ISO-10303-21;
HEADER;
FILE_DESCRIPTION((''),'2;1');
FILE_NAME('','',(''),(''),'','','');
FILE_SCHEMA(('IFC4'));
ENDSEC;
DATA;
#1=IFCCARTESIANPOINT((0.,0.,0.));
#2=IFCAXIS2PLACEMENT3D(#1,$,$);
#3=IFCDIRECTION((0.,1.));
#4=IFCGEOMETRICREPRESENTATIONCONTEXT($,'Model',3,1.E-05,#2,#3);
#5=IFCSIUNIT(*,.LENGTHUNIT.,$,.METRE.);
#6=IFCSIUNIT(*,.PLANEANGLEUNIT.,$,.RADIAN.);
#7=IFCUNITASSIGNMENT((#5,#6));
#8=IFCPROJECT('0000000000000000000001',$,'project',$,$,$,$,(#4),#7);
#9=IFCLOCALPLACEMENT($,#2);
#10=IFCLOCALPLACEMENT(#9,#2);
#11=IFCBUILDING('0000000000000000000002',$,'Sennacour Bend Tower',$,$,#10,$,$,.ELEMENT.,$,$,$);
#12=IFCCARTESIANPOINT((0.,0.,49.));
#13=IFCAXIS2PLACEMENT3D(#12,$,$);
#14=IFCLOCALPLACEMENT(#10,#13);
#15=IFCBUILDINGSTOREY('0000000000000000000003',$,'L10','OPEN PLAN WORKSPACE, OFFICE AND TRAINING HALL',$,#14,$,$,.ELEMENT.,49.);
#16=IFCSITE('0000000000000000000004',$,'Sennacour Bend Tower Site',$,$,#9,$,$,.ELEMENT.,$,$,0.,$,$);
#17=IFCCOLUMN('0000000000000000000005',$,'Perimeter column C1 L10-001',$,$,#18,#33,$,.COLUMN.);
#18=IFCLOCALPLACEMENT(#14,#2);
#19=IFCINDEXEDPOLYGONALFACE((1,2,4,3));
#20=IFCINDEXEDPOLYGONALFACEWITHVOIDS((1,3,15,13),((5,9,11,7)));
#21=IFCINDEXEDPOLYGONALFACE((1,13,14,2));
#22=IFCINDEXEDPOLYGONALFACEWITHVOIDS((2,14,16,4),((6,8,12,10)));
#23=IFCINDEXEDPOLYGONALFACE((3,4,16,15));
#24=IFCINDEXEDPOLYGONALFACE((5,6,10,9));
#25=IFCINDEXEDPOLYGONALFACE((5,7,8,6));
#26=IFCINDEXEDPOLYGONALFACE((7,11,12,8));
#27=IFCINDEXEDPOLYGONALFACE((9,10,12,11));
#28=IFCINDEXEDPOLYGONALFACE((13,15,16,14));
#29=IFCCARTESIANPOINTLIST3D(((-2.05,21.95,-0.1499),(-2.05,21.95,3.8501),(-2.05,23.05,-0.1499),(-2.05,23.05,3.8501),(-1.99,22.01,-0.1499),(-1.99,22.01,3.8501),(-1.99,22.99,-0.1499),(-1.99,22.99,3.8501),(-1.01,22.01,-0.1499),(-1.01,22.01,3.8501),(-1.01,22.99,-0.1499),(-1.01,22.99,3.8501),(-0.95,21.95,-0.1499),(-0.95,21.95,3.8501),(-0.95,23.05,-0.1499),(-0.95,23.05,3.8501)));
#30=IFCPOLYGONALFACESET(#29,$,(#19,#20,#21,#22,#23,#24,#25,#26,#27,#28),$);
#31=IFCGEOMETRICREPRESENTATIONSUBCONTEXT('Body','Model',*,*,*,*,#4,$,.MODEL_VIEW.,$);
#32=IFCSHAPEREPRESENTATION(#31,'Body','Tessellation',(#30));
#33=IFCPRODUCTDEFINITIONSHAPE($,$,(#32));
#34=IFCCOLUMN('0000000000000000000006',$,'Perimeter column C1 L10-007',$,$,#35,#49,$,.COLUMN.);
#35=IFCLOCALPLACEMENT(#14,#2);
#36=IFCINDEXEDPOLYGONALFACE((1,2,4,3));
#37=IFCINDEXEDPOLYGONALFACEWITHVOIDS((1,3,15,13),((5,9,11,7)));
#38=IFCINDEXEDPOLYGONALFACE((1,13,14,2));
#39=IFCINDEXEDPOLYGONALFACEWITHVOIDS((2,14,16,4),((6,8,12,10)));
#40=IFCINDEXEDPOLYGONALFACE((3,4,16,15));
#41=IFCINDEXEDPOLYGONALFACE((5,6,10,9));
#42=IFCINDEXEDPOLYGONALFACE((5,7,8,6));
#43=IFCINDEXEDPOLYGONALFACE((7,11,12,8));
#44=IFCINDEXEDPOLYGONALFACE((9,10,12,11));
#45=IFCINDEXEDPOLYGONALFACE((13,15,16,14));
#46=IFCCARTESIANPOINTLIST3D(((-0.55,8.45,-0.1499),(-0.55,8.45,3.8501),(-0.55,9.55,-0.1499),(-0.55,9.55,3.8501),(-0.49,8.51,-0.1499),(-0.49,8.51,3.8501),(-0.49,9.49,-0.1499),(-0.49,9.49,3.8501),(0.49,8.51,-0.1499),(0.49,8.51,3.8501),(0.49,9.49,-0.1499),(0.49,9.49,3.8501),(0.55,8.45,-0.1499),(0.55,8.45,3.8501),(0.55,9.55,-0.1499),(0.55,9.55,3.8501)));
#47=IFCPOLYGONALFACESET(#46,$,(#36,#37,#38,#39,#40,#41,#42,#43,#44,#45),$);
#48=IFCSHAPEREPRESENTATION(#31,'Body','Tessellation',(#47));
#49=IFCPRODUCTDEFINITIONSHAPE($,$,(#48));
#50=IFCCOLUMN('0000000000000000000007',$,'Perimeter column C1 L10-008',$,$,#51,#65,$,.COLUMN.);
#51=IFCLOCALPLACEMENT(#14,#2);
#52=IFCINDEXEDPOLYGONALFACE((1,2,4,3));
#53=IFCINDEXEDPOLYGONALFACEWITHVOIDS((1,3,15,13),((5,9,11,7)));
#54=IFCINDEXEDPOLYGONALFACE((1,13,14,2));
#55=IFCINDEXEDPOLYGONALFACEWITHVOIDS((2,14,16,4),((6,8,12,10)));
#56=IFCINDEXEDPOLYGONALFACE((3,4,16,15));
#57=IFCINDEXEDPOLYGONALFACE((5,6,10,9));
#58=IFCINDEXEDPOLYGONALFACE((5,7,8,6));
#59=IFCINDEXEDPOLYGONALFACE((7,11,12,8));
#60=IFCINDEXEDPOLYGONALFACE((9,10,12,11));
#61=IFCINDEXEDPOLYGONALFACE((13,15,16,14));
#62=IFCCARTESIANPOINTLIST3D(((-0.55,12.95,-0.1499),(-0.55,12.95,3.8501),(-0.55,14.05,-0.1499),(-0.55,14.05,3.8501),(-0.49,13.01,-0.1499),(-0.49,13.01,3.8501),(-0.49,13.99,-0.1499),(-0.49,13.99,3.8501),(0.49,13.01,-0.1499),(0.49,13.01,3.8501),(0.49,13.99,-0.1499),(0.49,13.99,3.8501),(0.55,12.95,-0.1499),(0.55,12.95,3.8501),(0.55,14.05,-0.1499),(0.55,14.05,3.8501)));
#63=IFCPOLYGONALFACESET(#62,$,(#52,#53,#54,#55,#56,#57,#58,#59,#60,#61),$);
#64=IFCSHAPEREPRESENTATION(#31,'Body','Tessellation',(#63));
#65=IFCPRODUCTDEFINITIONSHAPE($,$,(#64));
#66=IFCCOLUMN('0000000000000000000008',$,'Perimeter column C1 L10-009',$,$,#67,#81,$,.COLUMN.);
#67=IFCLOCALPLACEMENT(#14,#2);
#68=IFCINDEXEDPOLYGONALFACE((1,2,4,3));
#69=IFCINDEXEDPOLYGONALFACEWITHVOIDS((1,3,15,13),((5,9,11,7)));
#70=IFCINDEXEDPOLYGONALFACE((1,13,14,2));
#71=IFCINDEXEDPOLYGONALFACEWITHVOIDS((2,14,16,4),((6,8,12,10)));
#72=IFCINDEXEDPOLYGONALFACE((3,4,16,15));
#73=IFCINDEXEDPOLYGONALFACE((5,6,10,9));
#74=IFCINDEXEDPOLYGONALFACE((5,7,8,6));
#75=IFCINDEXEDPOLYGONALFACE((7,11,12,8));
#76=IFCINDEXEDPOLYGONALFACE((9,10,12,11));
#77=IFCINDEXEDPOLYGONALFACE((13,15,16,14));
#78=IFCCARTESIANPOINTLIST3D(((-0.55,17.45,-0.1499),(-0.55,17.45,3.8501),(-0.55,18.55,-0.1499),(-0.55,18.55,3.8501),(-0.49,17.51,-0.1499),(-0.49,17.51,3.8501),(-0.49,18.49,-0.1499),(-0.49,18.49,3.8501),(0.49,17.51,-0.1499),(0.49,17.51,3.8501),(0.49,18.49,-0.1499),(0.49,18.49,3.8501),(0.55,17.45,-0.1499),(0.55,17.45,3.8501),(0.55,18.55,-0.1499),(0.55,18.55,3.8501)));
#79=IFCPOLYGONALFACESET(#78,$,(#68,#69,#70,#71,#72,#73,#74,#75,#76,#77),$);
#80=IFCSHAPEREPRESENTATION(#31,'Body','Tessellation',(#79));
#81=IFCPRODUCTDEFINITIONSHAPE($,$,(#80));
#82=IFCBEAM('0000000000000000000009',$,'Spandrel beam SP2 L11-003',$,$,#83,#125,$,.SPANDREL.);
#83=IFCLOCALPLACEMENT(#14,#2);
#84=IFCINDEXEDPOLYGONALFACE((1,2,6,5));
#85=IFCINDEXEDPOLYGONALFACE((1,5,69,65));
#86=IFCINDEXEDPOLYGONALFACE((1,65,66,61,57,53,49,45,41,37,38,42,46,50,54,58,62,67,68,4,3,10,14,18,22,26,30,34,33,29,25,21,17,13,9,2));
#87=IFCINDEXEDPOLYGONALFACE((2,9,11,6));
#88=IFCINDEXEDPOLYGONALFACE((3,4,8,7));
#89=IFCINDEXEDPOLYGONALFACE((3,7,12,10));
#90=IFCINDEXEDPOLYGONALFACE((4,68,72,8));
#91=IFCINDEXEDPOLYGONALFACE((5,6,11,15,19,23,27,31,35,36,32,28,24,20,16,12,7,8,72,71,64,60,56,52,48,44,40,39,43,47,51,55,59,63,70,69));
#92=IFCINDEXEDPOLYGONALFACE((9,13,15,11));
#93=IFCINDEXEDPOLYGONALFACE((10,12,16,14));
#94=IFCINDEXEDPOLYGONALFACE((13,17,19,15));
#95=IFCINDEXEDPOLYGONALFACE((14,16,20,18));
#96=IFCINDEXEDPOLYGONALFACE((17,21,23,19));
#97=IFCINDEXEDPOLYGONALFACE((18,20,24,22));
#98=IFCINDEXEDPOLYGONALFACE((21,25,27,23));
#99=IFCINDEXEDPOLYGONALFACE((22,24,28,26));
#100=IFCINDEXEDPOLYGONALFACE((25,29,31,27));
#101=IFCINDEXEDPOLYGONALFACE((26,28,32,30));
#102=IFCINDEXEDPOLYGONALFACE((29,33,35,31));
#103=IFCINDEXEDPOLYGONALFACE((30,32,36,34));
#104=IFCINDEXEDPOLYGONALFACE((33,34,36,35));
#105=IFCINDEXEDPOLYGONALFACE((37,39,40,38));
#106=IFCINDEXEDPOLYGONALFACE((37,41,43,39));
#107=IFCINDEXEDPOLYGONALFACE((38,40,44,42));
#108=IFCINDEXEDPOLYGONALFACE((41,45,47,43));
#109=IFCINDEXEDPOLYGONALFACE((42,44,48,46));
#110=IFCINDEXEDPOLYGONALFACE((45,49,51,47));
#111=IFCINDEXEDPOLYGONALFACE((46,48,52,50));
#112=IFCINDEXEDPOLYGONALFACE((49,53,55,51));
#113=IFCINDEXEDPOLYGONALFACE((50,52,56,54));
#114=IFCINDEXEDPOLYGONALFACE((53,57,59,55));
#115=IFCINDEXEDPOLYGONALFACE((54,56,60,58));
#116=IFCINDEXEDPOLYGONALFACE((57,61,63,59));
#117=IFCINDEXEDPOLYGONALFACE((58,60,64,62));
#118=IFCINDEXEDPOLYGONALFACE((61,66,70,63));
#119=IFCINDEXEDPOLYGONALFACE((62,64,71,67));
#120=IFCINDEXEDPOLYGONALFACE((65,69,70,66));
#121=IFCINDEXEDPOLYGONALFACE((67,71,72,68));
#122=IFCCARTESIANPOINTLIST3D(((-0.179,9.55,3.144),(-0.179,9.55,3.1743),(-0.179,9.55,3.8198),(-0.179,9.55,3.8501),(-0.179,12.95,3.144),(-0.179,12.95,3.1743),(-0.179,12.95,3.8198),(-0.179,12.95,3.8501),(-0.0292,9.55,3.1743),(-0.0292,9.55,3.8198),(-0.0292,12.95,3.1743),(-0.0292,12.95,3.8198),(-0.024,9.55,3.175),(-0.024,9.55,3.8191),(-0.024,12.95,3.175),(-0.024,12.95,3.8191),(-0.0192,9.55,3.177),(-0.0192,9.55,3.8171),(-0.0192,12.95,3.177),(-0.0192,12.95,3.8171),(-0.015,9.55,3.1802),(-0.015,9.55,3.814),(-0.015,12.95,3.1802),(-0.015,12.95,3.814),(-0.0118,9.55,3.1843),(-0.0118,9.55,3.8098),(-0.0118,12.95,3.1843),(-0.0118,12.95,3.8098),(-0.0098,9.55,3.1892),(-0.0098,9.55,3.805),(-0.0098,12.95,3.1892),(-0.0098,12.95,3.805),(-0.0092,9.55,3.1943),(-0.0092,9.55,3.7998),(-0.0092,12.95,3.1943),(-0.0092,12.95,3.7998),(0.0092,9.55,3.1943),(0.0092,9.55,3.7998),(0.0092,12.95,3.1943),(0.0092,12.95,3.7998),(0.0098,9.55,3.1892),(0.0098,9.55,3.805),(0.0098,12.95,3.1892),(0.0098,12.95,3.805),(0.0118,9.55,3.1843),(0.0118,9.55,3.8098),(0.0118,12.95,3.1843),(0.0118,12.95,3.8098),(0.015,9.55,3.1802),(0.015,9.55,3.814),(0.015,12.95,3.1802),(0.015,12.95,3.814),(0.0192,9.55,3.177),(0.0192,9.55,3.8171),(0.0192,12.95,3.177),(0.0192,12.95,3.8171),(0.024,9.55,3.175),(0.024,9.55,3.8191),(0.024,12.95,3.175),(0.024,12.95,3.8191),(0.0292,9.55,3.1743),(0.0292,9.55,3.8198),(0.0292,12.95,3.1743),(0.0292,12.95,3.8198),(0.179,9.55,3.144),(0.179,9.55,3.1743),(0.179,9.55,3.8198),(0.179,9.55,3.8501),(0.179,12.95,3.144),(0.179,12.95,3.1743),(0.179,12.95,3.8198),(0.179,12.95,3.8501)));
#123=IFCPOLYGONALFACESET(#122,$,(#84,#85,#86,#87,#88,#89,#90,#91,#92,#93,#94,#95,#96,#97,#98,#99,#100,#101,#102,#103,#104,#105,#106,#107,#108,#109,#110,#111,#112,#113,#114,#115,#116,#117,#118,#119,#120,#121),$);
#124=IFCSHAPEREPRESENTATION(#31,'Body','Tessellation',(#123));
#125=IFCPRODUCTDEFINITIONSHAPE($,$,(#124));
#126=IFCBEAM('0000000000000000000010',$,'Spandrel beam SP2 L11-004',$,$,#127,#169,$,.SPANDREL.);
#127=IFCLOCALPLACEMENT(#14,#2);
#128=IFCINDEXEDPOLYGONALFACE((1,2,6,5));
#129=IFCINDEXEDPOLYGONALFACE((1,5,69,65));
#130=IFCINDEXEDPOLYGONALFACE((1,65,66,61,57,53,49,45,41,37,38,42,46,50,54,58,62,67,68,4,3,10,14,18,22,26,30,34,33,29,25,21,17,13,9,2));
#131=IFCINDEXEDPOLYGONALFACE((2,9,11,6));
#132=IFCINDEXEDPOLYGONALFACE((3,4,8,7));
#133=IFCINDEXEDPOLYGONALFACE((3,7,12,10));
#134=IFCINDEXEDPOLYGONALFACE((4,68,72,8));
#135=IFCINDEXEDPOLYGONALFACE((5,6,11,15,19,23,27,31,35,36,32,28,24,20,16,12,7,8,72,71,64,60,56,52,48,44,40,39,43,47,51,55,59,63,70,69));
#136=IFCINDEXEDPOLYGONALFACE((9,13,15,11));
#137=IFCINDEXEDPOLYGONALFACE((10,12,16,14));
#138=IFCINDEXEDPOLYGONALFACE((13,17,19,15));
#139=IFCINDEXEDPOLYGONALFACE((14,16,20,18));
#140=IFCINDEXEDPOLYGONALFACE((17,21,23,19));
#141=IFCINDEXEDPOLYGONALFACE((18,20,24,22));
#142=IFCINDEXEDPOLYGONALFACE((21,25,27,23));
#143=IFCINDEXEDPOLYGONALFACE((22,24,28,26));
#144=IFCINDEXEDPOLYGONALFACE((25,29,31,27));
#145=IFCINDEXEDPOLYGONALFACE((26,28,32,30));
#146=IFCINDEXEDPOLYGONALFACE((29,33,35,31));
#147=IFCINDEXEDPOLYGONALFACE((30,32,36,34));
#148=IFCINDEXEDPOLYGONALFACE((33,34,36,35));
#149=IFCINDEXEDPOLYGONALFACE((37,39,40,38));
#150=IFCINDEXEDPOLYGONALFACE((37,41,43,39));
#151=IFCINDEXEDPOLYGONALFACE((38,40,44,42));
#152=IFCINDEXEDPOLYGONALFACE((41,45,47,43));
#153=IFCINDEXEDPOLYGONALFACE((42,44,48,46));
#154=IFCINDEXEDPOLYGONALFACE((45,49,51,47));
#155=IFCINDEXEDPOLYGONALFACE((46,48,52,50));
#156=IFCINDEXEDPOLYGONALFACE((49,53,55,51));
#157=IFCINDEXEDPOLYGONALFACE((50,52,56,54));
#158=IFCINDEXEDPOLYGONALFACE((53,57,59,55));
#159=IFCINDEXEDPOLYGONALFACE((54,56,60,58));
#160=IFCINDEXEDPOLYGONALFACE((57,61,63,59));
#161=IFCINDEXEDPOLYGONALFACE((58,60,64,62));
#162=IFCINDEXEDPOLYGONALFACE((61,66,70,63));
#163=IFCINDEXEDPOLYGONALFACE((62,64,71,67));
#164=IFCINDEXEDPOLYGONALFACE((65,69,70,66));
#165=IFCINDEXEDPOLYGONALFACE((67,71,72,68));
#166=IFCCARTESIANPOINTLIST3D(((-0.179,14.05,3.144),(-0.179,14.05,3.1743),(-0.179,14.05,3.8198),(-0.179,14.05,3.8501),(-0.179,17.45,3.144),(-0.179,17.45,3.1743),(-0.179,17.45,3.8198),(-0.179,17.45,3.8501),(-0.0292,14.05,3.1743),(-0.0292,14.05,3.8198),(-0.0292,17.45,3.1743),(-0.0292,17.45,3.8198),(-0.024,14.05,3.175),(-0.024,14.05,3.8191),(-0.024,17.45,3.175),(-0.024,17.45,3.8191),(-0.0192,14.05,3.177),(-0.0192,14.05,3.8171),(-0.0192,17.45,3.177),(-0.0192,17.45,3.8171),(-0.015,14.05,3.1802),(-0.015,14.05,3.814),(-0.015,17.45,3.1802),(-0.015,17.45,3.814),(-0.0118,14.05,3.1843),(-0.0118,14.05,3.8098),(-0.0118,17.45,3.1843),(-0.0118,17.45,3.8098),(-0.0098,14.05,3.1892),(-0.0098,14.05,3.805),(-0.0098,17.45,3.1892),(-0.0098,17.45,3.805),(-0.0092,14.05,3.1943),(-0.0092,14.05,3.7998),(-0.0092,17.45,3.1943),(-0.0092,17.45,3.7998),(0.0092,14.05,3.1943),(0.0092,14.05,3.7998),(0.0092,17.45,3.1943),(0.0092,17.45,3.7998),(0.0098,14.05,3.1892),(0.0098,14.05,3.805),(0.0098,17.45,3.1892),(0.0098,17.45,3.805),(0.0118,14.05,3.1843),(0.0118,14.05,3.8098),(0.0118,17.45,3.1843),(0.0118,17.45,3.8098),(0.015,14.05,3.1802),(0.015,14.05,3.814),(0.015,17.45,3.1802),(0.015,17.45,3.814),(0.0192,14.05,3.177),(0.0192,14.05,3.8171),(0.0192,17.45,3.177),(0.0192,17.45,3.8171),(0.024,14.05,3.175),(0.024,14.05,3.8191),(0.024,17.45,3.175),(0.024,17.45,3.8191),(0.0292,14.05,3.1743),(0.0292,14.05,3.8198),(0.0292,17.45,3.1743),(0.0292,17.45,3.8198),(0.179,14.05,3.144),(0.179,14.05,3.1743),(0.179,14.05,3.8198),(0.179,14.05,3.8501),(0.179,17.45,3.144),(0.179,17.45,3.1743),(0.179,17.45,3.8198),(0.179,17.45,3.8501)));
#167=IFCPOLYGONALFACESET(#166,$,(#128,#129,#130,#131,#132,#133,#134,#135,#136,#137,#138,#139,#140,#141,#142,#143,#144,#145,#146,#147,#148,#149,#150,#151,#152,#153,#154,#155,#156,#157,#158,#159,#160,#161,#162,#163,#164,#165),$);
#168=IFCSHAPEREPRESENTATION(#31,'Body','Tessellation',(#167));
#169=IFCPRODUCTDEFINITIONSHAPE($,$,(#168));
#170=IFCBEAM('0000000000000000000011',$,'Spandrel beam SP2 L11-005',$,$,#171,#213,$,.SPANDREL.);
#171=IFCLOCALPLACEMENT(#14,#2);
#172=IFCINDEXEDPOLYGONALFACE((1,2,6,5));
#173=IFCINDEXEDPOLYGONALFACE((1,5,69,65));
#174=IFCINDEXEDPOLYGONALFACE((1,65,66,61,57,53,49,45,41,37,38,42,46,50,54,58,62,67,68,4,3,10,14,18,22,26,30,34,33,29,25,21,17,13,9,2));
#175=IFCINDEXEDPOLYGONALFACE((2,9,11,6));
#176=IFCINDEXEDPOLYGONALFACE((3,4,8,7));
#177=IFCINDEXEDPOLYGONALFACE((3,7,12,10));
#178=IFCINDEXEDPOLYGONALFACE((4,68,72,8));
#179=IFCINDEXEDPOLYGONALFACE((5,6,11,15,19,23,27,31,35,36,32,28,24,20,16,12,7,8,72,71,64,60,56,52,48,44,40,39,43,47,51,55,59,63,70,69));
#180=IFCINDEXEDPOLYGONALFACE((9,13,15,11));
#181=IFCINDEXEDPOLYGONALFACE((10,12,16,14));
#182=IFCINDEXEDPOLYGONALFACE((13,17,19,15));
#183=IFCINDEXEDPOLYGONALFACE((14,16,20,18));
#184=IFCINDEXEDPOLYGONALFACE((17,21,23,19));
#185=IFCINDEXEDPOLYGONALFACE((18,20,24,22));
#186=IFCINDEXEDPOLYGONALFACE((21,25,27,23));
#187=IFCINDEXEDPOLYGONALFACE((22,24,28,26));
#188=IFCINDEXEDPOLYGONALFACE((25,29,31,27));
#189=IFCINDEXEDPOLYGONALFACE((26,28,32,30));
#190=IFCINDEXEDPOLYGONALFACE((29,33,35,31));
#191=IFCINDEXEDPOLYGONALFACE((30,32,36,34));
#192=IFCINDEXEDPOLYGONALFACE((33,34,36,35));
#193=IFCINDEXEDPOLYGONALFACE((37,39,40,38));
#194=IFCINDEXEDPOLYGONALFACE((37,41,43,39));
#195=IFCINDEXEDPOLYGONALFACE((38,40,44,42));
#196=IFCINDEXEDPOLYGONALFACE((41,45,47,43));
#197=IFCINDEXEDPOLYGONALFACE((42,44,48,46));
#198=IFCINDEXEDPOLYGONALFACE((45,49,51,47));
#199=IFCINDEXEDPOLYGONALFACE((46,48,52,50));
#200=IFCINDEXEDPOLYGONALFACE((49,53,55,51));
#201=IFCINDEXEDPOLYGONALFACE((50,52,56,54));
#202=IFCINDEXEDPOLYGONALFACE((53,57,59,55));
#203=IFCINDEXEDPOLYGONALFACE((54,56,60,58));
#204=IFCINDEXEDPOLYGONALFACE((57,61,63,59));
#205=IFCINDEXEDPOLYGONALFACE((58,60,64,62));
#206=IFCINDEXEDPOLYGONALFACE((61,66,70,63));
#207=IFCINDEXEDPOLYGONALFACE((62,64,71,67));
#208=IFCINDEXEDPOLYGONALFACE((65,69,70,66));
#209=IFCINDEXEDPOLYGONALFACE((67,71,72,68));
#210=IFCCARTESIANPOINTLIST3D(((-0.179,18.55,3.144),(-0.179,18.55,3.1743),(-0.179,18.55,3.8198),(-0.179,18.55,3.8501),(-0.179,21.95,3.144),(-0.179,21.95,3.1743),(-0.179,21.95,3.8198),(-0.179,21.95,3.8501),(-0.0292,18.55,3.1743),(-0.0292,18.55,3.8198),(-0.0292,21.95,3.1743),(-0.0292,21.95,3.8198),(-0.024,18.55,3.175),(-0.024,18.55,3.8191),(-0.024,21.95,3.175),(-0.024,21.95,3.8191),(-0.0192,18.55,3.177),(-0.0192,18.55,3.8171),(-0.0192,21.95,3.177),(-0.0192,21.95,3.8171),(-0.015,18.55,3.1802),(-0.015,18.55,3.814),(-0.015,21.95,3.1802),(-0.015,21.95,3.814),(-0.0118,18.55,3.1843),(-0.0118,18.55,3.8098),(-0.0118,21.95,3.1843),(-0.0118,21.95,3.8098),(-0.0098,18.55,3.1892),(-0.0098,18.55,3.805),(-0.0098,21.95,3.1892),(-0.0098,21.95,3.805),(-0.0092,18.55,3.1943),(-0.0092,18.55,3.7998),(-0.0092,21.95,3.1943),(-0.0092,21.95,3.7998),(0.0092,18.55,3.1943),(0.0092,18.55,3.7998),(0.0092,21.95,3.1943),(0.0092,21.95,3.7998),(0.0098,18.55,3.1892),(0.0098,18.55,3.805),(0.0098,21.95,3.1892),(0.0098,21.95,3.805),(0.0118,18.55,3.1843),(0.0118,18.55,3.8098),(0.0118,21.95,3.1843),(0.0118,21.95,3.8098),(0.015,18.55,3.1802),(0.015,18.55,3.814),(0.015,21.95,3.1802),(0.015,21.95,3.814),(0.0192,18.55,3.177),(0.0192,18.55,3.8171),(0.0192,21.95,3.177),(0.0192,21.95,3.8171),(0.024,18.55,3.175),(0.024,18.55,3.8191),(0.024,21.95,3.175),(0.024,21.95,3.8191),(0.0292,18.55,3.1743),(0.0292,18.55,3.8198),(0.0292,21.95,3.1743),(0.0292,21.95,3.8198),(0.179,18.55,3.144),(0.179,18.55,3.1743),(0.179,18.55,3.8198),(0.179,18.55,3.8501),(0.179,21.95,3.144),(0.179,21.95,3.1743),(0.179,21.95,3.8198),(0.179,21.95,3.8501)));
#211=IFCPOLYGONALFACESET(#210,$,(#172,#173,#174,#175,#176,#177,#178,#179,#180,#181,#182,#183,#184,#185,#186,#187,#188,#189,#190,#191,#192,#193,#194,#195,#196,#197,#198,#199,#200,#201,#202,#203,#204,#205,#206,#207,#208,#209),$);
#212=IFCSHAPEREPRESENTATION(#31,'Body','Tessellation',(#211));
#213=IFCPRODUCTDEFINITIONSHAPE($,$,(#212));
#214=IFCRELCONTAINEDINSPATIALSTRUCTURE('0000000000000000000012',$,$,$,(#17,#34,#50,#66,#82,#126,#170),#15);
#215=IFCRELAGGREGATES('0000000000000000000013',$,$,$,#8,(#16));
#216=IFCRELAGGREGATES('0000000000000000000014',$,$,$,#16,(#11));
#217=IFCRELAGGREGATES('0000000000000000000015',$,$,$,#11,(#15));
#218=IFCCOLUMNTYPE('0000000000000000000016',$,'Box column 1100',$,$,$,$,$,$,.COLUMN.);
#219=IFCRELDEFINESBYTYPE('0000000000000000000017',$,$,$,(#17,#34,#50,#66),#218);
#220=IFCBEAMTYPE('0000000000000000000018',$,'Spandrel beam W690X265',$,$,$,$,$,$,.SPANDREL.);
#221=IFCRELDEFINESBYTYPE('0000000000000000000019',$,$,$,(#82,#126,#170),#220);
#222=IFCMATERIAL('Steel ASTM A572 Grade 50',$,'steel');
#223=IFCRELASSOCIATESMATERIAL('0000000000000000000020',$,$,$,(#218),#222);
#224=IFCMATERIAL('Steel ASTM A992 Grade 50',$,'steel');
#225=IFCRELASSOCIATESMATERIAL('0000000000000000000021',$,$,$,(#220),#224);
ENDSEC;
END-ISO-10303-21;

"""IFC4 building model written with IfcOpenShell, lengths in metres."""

from ifc_helpers import new_model, si_unit, direction, frame, origin, origin_2d, place, context, subcontext, project, spatial, hollow_rectangle, i_section, extrude, material, material_profile, profile_set, type_object, element, save


model = new_model("IFC4")

# Units and contexts
model_context = context("Model", 3, precision=1e-05, world=origin(), true_north=direction((0.0, 1.0)))
body_context = subcontext(model_context, "Body", "Model", "MODEL_VIEW")
ifc_project = project(units=[si_unit("LENGTHUNIT", "METRE"), si_unit("PLANEANGLEUNIT", "RADIAN")], contexts=[model_context])

# Site, building, storey
site_placement = place(None, origin())
site = spatial("IfcSite", under=ifc_project, at=site_placement, Name="Sennacour Bend Tower Site", CompositionType="ELEMENT", RefElevation=0.0)
building_placement = place(site_placement, origin())
building = spatial("IfcBuilding", under=site, at=building_placement, Name="Sennacour Bend Tower", CompositionType="ELEMENT")
storey_placement = place(building_placement, frame((0.0, 0.0, 49.0)))
storey = spatial("IfcBuildingStorey", under=building, at=storey_placement, Name="L10", Description="OPEN PLAN WORKSPACE, OFFICE AND TRAINING HALL", CompositionType="ELEMENT", Elevation=49.0)

# Columns
ifc_material_1 = material(Name="Steel ASTM A572 Grade 50", Category="steel")
ifc_material_profile_1 = material_profile(ifc_material_1, hollow_rectangle(XDim=1.1001, YDim=1.1001, WallThickness=0.0601, at=origin_2d()), Name="Steel ASTM A572 Grade 50", Category="steel")
ifc_profile_set_1 = profile_set([ifc_material_profile_1], Name="Steel ASTM A572 Grade 50")
column_type = type_object("IfcColumnType", Name="Box column 1100", PredefinedType="COLUMN", material=ifc_profile_set_1)
for number, where, z_axis, x_axis, name in (
    (1, (-1.5, 22.5, -0.1499), (0.0, 0.0, 1.0), (1.0, 0.0, 0.0), "Perimeter column C1 L10-001"),
    (2, (0.0, 9.0, -0.1499), (0.0, 0.0, 1.0), (1.0, 0.0, 0.0), "Perimeter column C1 L10-007"),
    (3, (0.0, 13.5, -0.1499), (0.0, 0.0, 1.0), (1.0, 0.0, 0.0), "Perimeter column C1 L10-008"),
    (4, (0.0, 18.0, -0.1499), (0.0, 0.0, 1.0), (1.0, 0.0, 0.0), "Perimeter column C1 L10-009"),
):
    element("IfcColumn", number, at=place(storey_placement, frame(where, z_axis=z_axis, x_axis=x_axis)), inside=storey, type_object=column_type, Name=name, PredefinedType="COLUMN", context=body_context, shape_type="SweptSolid", body=[
        extrude(hollow_rectangle(XDim=1.1001, YDim=1.1001, WallThickness=0.0601, at=origin_2d()), origin(), (0.0, 0.0, 1.0), 4.0),
    ])

# Beams
ifc_material_2 = material(Name="Steel ASTM A992 Grade 50", Category="steel")
ifc_material_profile_2 = material_profile(ifc_material_2, i_section(OverallWidth=0.3579, OverallDepth=0.7061, WebThickness=0.0183, FlangeThickness=0.0303, FilletRadius=0.02, at=origin_2d()), Name="Steel ASTM A992 Grade 50", Category="steel")
ifc_profile_set_2 = profile_set([ifc_material_profile_2], Name="Steel ASTM A992 Grade 50")
beam_type = type_object("IfcBeamType", Name="Spandrel beam W690X265", PredefinedType="SPANDREL", material=ifc_profile_set_2)
for number, where, z_axis, x_axis, name in (
    (5, (0.0, 9.55, 3.4971), (0.0, 1.0, 0.0), (-1.0, 0.0, 0.0), "Spandrel beam SP2 L11-003"),
    (6, (0.0, 14.05, 3.4971), (0.0, 1.0, 0.0), (-1.0, 0.0, 0.0), "Spandrel beam SP2 L11-004"),
    (7, (0.0, 18.55, 3.4971), (0.0, 1.0, 0.0), (-1.0, 0.0, 0.0), "Spandrel beam SP2 L11-005"),
):
    element("IfcBeam", number, at=place(storey_placement, frame(where, z_axis=z_axis, x_axis=x_axis)), inside=storey, type_object=beam_type, Name=name, PredefinedType="SPANDREL", context=body_context, shape_type="SweptSolid", body=[
        extrude(i_section(OverallWidth=0.3579, OverallDepth=0.7061, WebThickness=0.0183, FlangeThickness=0.0303, FilletRadius=0.02, at=origin_2d()), origin(), (0.0, 0.0, 1.0), 3.3999),
    ])

save(model, "model.ifc")
